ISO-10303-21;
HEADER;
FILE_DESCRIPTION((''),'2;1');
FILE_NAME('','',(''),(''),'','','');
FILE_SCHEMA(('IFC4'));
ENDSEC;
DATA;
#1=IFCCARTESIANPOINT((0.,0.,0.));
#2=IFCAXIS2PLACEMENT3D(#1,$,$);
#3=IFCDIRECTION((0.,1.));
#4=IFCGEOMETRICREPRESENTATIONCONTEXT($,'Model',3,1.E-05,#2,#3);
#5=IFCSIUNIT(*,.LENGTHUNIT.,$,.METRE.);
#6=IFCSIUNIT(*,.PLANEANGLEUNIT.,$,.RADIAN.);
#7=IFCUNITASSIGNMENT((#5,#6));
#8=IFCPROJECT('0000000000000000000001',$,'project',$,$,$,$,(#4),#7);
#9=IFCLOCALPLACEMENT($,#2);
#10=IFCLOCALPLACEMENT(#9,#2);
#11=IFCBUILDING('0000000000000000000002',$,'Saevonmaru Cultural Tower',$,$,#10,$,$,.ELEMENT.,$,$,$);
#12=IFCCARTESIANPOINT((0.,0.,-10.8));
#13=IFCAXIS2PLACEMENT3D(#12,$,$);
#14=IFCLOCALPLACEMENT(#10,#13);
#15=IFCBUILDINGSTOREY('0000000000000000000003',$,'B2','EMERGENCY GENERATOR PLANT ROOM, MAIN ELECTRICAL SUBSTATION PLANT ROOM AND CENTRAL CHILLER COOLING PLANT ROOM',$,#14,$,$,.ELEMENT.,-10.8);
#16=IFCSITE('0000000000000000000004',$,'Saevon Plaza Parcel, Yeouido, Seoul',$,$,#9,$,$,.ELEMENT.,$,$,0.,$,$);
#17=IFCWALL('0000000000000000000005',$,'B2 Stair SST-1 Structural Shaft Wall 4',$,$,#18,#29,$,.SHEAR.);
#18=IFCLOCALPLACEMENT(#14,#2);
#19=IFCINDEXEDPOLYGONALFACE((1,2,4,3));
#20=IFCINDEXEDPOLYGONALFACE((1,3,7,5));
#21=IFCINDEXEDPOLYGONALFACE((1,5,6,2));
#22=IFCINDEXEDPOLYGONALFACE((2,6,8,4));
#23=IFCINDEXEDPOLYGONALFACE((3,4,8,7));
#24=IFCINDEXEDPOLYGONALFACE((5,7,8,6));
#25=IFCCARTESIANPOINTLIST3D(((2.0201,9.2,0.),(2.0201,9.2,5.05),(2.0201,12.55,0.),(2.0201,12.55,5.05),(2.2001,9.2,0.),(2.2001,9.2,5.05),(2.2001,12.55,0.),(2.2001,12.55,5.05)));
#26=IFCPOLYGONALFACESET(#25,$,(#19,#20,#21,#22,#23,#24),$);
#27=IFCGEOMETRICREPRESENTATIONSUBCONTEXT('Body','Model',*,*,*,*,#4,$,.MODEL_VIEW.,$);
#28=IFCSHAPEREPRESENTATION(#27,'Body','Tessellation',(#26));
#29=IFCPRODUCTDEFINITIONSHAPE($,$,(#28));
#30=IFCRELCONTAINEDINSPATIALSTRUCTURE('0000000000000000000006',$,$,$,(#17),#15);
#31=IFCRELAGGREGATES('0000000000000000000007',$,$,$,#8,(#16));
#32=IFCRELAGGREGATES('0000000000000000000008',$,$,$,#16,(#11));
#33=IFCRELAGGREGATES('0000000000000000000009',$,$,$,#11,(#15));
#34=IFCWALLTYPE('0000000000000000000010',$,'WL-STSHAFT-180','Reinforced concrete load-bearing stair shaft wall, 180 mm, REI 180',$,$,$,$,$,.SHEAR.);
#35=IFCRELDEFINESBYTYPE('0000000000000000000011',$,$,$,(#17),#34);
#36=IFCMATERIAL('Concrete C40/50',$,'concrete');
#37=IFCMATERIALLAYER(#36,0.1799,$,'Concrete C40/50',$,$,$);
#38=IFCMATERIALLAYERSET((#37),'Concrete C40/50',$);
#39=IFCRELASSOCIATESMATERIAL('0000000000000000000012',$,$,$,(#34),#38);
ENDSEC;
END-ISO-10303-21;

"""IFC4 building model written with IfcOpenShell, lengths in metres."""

from ifc_helpers import new_model, si_unit, direction, frame, frame_2d, origin, place, context, subcontext, project, spatial, rectangle, extrude, material, layer, layer_set, type_object, element, save


model = new_model("IFC4")

# Units and contexts
model_context = context("Model", 3, precision=1e-05, world=origin(), true_north=direction((0.0, 1.0)))
body_context = subcontext(model_context, "Body", "Model", "MODEL_VIEW")
ifc_project = project(units=[si_unit("LENGTHUNIT", "METRE"), si_unit("PLANEANGLEUNIT", "RADIAN")], contexts=[model_context])

# Site, building, storey
site_placement = place(None, origin())
site = spatial("IfcSite", under=ifc_project, at=site_placement, Name="Saevon Plaza Parcel, Yeouido, Seoul", CompositionType="ELEMENT", RefElevation=0.0)
building_placement = place(site_placement, origin())
building = spatial("IfcBuilding", under=site, at=building_placement, Name="Saevonmaru Cultural Tower", CompositionType="ELEMENT")
storey_placement = place(building_placement, frame((0.0, 0.0, -10.8)))
storey = spatial("IfcBuildingStorey", under=building, at=storey_placement, Name="B2", Description="EMERGENCY GENERATOR PLANT ROOM, MAIN ELECTRICAL SUBSTATION PLANT ROOM AND CENTRAL CHILLER COOLING PLANT ROOM", CompositionType="ELEMENT", Elevation=-10.8)

# Shared definitions
ifc_material_1 = material(Name="Concrete C40/50", Category="concrete")

# Shared definitions
ifc_layer_1 = layer(ifc_material_1, 0.1799, Name="Concrete C40/50")
ifc_layer_set_1 = layer_set([ifc_layer_1], Name="Concrete C40/50")
wall_type_1 = type_object("IfcWallType", Name="WL-STSHAFT-180", Description="Reinforced concrete load-bearing stair shaft wall, 180 mm, REI 180", PredefinedType="SHEAR", material=ifc_layer_set_1)

# Wall
wall_1_placement = place(storey_placement, frame((2.1101, 9.2, 0.0), z_axis=(0.0, 0.0, 1.0), x_axis=(0.0, 1.0, 0.0)))
element("IfcWall", 1, at=wall_1_placement, inside=storey, type_object=wall_type_1, Name="B2 Stair SST-1 Structural Shaft Wall 4", PredefinedType="SHEAR", context=body_context, shape_type="SweptSolid", body=[
    extrude(rectangle(XDim=3.3501, YDim=0.1799, at=frame_2d((1.675, 0.0))), origin(), (0.0, 0.0, 1.0), 5.05),
])

save(model, "model.ifc")
